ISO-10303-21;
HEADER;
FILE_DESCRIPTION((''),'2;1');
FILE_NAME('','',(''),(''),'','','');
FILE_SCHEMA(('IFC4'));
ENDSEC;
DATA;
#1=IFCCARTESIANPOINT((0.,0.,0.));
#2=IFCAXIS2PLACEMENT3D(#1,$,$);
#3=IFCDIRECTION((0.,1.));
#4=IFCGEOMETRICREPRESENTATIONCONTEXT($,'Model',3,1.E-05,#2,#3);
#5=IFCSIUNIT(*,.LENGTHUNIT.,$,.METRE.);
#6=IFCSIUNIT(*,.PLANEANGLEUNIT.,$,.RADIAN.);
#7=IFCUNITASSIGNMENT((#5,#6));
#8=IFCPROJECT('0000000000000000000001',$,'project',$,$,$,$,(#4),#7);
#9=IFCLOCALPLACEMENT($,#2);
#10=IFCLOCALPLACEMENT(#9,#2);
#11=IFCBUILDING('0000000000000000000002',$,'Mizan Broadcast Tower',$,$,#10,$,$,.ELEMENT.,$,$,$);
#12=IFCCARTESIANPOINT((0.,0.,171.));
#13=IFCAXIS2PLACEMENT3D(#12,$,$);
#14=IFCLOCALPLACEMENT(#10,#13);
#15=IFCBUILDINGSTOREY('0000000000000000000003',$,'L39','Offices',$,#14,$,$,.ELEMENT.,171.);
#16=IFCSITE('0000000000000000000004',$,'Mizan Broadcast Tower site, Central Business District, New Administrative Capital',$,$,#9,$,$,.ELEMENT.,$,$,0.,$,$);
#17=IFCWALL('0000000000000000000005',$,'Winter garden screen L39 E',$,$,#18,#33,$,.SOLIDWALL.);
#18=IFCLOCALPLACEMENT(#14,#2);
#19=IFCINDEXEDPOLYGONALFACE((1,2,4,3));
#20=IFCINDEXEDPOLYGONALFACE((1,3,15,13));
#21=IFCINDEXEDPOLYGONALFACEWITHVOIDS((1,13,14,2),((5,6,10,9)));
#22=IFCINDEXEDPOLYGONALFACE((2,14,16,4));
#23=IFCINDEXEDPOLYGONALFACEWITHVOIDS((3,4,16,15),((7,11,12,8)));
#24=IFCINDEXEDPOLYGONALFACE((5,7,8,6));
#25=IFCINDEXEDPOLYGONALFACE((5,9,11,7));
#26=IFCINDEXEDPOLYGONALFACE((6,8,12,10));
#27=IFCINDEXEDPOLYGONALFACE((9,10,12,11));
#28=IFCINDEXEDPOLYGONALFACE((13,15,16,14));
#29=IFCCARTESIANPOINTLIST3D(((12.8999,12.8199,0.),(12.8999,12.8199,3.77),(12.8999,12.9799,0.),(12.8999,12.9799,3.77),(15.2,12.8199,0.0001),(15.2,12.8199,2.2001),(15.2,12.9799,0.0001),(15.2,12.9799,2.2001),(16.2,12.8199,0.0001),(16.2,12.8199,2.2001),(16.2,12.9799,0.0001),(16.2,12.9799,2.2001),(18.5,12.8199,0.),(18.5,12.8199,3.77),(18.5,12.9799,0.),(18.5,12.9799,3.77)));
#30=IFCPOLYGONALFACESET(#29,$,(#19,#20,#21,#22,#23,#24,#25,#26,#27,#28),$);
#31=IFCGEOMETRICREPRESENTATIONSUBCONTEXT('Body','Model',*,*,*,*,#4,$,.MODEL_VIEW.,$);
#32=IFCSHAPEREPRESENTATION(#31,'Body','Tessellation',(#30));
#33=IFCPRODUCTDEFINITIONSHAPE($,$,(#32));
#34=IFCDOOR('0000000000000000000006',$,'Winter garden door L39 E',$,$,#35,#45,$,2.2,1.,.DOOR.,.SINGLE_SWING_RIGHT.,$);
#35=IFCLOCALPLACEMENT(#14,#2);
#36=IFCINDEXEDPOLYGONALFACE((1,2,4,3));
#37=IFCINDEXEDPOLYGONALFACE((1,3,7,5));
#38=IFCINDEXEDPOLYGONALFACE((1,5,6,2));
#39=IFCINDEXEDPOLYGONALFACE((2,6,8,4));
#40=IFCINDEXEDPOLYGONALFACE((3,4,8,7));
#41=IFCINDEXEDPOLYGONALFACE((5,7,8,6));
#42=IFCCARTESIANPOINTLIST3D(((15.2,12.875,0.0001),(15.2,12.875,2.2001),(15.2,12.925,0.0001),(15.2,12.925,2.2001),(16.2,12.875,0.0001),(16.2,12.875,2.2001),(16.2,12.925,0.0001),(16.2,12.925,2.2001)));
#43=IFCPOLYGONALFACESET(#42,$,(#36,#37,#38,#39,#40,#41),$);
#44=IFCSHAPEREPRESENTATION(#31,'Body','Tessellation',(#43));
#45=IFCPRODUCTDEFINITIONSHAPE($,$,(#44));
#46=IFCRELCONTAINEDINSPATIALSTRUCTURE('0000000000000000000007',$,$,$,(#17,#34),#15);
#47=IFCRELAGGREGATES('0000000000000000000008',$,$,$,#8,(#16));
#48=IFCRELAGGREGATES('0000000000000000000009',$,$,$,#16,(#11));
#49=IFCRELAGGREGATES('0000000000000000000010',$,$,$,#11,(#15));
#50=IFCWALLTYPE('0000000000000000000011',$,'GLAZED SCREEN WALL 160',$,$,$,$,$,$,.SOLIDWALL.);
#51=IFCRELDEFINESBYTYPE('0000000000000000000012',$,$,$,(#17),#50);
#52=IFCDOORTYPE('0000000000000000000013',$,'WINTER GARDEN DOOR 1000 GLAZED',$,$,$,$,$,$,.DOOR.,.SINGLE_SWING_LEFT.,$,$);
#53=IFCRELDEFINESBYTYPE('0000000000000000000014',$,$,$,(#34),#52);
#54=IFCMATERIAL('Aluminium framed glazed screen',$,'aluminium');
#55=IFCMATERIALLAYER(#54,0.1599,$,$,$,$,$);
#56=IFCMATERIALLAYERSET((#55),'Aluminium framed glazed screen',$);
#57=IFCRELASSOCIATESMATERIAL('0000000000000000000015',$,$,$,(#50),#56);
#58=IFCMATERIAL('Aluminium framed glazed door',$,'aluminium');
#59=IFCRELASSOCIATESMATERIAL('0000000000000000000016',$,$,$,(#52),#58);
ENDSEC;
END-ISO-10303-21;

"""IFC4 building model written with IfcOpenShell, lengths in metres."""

from ifc_helpers import new_model, si_unit, direction, frame, frame_2d, origin, place, context, subcontext, project, spatial, rectangle, extrude, material, layer, layer_set, type_object, element, fill, save


model = new_model("IFC4")

# Units and contexts
model_context = context("Model", 3, precision=1e-05, world=origin(), true_north=direction((0.0, 1.0)))
body_context = subcontext(model_context, "Body", "Model", "MODEL_VIEW")
ifc_project = project(units=[si_unit("LENGTHUNIT", "METRE"), si_unit("PLANEANGLEUNIT", "RADIAN")], contexts=[model_context])

# Site, building, storey
site_placement = place(None, origin())
site = spatial("IfcSite", under=ifc_project, at=site_placement, Name="Mizan Broadcast Tower site, Central Business District, New Administrative Capital", CompositionType="ELEMENT", RefElevation=0.0)
building_placement = place(site_placement, origin())
building = spatial("IfcBuilding", under=site, at=building_placement, Name="Mizan Broadcast Tower", CompositionType="ELEMENT")
storey_placement = place(building_placement, frame((0.0, 0.0, 171.0)))
storey = spatial("IfcBuildingStorey", under=building, at=storey_placement, Name="L39", Description="Offices", CompositionType="ELEMENT", Elevation=171.0)

# Wall, opening, door
ifc_material_1 = material(Name="Aluminium framed glazed screen", Category="aluminium")
ifc_layer_1 = layer(ifc_material_1, 0.1599)
ifc_layer_set_1 = layer_set([ifc_layer_1], Name="Aluminium framed glazed screen")
wall_type = type_object("IfcWallType", Name="GLAZED SCREEN WALL 160", PredefinedType="SOLIDWALL", material=ifc_layer_set_1)
wall_placement = place(storey_placement, frame((18.5, 12.8999, 0.0), z_axis=(0.0, 0.0, 1.0), x_axis=(-1.0, 0.0, 0.0)))
wall = element("IfcWall", 1, at=wall_placement, inside=storey, type_object=wall_type, Name="Winter garden screen L39 E", PredefinedType="SOLIDWALL", context=body_context, shape_type="SweptSolid", body=[
    extrude(rectangle(XDim=5.6001, YDim=0.1599, at=frame_2d((2.8, 0.0))), origin(), (0.0, 0.0, 1.0), 3.77),
])
opening_placement = place(wall_placement, frame((2.3, 0.0, 0.0)))
opening = element("IfcOpeningElement", 2, at=opening_placement, cuts=wall, PredefinedType="OPENING", context=body_context, shape_type="SweptSolid", body=[
    extrude(rectangle(XDim=1.0, YDim=2.2, at=frame_2d((0.5, 1.1001))), frame((0.0, 0.0898, 0.0), z_axis=(0.0, -1.0, 0.0), x_axis=(1.0, 0.0, 0.0)), (0.0, 0.0, 1.0), 0.1799),
])
ifc_material_2 = material(Name="Aluminium framed glazed door", Category="aluminium")
door_type = type_object("IfcDoorType", Name="WINTER GARDEN DOOR 1000 GLAZED", OperationType="SINGLE_SWING_LEFT", PredefinedType="DOOR", material=ifc_material_2)
door_placement = place(opening_placement, origin())
door = element("IfcDoor", 3, at=door_placement, inside=storey, type_object=door_type, Name="Winter garden door L39 E", OperationType="SINGLE_SWING_RIGHT", OverallHeight=2.2, OverallWidth=1.0, PredefinedType="DOOR", context=body_context, shape_type="SweptSolid", body=[
    extrude(rectangle(XDim=1.0, YDim=2.2, at=frame_2d((0.5, 1.1001))), frame((0.0, 0.0249, 0.0), z_axis=(0.0, -1.0, 0.0), x_axis=(1.0, 0.0, 0.0)), (0.0, 0.0, 1.0), 0.05),
])
fill(opening, door)

save(model, "model.ifc")
